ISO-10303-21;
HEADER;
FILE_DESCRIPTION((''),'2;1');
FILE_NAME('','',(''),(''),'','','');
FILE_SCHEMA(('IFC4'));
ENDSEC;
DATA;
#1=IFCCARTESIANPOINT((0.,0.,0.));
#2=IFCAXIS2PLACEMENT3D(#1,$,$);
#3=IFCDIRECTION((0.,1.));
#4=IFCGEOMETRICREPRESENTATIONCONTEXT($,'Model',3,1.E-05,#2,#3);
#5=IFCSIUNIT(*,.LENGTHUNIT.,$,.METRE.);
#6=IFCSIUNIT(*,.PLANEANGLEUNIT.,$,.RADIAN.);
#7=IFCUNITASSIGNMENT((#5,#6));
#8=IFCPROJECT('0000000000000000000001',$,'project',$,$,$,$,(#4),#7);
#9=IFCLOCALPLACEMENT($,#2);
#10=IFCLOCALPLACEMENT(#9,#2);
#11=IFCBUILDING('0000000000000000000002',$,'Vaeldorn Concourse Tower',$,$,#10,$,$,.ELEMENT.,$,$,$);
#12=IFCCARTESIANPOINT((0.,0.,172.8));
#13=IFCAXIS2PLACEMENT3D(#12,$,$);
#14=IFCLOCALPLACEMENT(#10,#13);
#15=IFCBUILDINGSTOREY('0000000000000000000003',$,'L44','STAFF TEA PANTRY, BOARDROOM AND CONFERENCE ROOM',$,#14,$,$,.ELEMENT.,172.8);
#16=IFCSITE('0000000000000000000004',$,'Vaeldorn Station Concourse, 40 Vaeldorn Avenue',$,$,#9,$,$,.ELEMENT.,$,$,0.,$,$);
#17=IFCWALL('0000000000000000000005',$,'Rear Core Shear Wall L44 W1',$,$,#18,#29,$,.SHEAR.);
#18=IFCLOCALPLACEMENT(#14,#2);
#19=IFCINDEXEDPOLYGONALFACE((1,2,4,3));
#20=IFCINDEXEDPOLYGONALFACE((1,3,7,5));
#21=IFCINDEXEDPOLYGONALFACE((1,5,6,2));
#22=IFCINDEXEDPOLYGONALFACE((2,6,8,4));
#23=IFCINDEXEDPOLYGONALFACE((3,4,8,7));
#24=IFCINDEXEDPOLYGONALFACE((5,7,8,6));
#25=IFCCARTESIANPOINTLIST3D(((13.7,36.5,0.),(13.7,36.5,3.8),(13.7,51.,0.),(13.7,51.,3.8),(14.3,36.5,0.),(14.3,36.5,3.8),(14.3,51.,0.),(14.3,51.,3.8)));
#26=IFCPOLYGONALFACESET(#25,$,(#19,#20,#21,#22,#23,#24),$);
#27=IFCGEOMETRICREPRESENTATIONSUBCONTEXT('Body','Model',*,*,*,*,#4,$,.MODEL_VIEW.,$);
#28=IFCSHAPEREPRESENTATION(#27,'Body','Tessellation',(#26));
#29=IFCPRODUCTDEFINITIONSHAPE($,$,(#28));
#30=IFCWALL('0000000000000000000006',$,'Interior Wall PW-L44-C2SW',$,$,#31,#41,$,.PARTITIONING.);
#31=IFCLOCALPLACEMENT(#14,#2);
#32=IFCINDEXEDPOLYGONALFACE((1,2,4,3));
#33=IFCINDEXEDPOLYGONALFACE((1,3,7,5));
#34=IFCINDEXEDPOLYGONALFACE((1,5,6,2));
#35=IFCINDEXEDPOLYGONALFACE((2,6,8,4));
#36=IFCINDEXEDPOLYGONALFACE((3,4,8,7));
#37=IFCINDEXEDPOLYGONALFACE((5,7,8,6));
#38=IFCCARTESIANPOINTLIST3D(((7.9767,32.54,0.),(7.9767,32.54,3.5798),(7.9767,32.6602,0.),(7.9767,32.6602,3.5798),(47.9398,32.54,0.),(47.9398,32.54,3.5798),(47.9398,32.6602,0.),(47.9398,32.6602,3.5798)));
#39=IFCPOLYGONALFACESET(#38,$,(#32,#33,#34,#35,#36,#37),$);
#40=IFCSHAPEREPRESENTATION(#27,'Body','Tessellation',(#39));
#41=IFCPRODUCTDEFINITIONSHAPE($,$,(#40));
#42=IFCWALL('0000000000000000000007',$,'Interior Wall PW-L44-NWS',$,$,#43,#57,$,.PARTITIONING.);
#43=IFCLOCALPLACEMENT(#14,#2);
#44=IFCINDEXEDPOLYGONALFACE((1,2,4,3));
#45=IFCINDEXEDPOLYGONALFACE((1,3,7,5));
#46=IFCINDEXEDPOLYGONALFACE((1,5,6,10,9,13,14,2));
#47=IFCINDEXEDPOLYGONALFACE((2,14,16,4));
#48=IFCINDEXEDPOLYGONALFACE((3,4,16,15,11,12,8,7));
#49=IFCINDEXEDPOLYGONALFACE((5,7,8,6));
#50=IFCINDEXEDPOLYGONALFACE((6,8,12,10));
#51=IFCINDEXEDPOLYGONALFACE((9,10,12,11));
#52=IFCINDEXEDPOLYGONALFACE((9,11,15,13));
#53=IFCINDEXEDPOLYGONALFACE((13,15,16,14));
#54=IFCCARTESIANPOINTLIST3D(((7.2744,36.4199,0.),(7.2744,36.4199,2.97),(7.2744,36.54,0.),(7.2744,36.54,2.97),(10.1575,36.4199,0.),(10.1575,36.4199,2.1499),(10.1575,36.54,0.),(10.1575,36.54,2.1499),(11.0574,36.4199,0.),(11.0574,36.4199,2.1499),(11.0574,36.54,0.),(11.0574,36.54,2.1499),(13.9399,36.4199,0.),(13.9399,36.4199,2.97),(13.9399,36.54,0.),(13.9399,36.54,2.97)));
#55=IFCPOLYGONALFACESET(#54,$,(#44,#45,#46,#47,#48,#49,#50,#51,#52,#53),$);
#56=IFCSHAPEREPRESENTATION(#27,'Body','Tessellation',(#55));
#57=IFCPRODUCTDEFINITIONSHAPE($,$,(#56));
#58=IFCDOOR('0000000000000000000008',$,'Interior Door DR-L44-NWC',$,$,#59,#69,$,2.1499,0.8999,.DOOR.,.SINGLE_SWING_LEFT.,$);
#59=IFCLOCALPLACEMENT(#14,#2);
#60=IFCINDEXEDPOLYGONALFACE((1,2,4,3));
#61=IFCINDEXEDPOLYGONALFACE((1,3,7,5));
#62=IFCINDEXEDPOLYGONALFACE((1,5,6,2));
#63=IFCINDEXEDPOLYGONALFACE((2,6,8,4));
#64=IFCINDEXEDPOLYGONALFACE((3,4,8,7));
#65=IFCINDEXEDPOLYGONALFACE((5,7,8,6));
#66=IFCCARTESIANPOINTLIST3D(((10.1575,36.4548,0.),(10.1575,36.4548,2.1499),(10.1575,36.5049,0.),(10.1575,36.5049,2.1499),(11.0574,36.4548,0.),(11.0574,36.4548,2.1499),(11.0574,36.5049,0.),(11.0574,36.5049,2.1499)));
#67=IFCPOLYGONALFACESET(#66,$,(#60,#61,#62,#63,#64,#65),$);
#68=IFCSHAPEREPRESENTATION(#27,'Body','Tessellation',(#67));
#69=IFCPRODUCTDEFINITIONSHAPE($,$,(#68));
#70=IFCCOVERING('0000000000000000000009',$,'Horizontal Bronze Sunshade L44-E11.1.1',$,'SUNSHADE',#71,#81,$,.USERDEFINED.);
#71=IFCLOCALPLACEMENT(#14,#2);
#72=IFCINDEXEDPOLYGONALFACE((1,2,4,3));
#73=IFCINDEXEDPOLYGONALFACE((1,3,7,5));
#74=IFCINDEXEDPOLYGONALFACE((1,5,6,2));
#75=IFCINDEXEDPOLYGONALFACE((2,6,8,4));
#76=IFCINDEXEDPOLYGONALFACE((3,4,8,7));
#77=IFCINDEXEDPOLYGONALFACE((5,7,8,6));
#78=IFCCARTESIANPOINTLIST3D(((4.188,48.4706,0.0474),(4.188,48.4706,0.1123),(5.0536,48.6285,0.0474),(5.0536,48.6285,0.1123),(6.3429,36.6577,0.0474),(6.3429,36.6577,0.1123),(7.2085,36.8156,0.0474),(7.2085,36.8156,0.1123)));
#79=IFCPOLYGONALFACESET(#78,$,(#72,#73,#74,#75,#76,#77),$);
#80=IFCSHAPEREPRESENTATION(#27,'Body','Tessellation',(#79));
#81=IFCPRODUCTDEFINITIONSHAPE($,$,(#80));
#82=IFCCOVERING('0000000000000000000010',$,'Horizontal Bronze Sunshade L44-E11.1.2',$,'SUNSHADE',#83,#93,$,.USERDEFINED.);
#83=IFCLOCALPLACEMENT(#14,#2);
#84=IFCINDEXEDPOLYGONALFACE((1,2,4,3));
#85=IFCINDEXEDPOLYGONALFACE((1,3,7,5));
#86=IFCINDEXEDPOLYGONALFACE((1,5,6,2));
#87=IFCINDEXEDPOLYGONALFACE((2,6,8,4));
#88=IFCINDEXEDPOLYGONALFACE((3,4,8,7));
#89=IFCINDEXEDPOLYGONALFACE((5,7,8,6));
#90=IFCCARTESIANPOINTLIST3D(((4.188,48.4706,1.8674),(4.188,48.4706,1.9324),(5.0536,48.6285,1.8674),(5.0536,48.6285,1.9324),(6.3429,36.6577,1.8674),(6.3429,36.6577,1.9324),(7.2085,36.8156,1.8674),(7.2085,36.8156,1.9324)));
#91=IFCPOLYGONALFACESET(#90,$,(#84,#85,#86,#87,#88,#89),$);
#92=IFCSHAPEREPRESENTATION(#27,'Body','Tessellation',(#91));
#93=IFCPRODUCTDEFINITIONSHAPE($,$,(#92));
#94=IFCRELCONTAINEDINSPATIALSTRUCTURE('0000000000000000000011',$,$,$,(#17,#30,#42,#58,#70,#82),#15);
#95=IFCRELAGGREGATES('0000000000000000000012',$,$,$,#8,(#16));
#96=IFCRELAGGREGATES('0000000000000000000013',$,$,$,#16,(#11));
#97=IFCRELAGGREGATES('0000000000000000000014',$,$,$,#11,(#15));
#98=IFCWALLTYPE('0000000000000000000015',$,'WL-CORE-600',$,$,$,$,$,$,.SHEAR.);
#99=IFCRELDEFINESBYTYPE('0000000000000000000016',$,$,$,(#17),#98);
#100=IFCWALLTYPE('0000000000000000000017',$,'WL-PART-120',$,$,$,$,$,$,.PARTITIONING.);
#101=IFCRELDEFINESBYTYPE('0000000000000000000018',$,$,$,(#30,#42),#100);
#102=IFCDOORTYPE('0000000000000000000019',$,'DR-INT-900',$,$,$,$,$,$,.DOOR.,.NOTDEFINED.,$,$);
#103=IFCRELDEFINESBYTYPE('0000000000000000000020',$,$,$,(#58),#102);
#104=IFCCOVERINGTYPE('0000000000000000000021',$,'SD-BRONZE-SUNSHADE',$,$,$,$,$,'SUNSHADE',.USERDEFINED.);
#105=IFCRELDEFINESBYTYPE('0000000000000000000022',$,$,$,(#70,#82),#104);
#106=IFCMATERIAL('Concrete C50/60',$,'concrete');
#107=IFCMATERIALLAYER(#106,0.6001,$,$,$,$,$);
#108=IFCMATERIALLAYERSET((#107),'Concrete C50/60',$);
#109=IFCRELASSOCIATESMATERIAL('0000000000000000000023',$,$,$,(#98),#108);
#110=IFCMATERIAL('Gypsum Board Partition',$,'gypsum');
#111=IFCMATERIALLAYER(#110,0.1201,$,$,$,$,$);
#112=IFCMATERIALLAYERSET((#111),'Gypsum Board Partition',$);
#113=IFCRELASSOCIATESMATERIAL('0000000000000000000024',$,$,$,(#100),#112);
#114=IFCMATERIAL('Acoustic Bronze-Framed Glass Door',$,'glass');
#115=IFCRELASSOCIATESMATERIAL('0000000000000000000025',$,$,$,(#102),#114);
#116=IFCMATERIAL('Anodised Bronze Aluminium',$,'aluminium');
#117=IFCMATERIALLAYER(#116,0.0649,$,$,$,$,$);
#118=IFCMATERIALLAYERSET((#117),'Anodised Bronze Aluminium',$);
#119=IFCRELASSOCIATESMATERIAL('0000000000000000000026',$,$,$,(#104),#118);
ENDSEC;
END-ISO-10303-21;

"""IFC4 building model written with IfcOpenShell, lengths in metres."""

from ifc_helpers import new_model, si_unit, direction, frame, frame_2d, origin, origin_2d, place, context, subcontext, project, spatial, rectangle, extrude, source, transform, mapped, material, layer, layer_set, type_object, element, fill, save


model = new_model("IFC4")

# Units and contexts
model_context = context("Model", 3, precision=1e-05, world=origin(), true_north=direction((0.0, 1.0)))
body_context = subcontext(model_context, "Body", "Model", "MODEL_VIEW")
ifc_project = project(units=[si_unit("LENGTHUNIT", "METRE"), si_unit("PLANEANGLEUNIT", "RADIAN")], contexts=[model_context])

# Site, building, storey
site_placement = place(None, origin())
site = spatial("IfcSite", under=ifc_project, at=site_placement, Name="Vaeldorn Station Concourse, 40 Vaeldorn Avenue", CompositionType="ELEMENT", RefElevation=0.0)
building_placement = place(site_placement, origin())
building = spatial("IfcBuilding", under=site, at=building_placement, Name="Vaeldorn Concourse Tower", CompositionType="ELEMENT")
storey_placement = place(building_placement, frame((0.0, 0.0, 172.8)))
storey = spatial("IfcBuildingStorey", under=building, at=storey_placement, Name="L44", Description="STAFF TEA PANTRY, BOARDROOM AND CONFERENCE ROOM", CompositionType="ELEMENT", Elevation=172.8)

# Shared definitions
ifc_material_1 = material(Name="Concrete C50/60", Category="concrete")

# Shared definitions
ifc_material_2 = material(Name="Anodised Bronze Aluminium", Category="aluminium")

# Walls
ifc_layer_1 = layer(ifc_material_1, 0.6001)
ifc_layer_set_1 = layer_set([ifc_layer_1], Name="Concrete C50/60")
wall_type_1 = type_object("IfcWallType", Name="WL-CORE-600", PredefinedType="SHEAR", material=ifc_layer_set_1)
wall_1_placement = place(storey_placement, frame((14.0, 36.5, 0.0), z_axis=(0.0, 0.0, 1.0), x_axis=(0.0, 1.0, 0.0)))
element("IfcWall", 1, at=wall_1_placement, inside=storey, type_object=wall_type_1, Name="Rear Core Shear Wall L44 W1", PredefinedType="SHEAR", context=body_context, shape_type="SweptSolid", body=[
    extrude(rectangle(XDim=14.5, YDim=0.6001, at=frame_2d((7.25, 0.0))), origin(), (0.0, 0.0, 1.0), 3.8),
])
ifc_material_3 = material(Name="Gypsum Board Partition", Category="gypsum")
ifc_layer_2 = layer(ifc_material_3, 0.1201)
ifc_layer_set_2 = layer_set([ifc_layer_2], Name="Gypsum Board Partition")
wall_type_2 = type_object("IfcWallType", Name="WL-PART-120", PredefinedType="PARTITIONING", material=ifc_layer_set_2)
wall_2_placement = place(storey_placement, frame((7.9768, 32.6001, 0.0), z_axis=(0.0, 0.0, 1.0), x_axis=(1.0, 0.0, 0.0)))
element("IfcWall", 2, at=wall_2_placement, inside=storey, type_object=wall_type_2, Name="Interior Wall PW-L44-C2SW", PredefinedType="PARTITIONING", context=body_context, shape_type="SweptSolid", body=[
    extrude(rectangle(XDim=39.9631, YDim=0.1201, at=frame_2d((19.9814, 0.0))), origin(), (0.0, 0.0, 1.0), 3.5798),
])

# Wall, opening, door
wall_3_placement = place(storey_placement, frame((7.2744, 36.48, 0.0), z_axis=(0.0, 0.0, 1.0), x_axis=(1.0, 0.0, 0.0)))
wall_3 = element("IfcWall", 3, at=wall_3_placement, inside=storey, type_object=wall_type_2, Name="Interior Wall PW-L44-NWS", PredefinedType="PARTITIONING", context=body_context, shape_type="SweptSolid", body=[
    extrude(rectangle(XDim=6.6655, YDim=0.1201, at=frame_2d((3.3328, 0.0))), origin(), (0.0, 0.0, 1.0), 2.97),
])
opening_placement = place(wall_3_placement, frame((2.8831, 0.0, 0.0)))
opening = element("IfcOpeningElement", 4, at=opening_placement, cuts=wall_3, PredefinedType="OPENING", context=body_context, shape_type="SweptSolid", body=[
    extrude(rectangle(XDim=0.8999, YDim=2.1499, at=frame_2d((0.45, 1.075))), frame((0.0, 0.0701, 0.0), z_axis=(0.0, -1.0, 0.0), x_axis=(1.0, 0.0, 0.0)), (0.0, 0.0, 1.0), 0.1401),
])
ifc_material_4 = material(Name="Acoustic Bronze-Framed Glass Door", Category="glass")
door_type = type_object("IfcDoorType", Name="DR-INT-900", OperationType="NOTDEFINED", PredefinedType="DOOR", material=ifc_material_4)
shared_shape_1 = source(origin(), body_context, "Body", "SweptSolid", [
    extrude(rectangle(XDim=0.8999, YDim=2.1499, at=frame_2d((0.45, 1.075))), frame((0.0, 0.0249, 0.0), z_axis=(0.0, -1.0, 0.0), x_axis=(1.0, 0.0, 0.0)), (0.0, 0.0, 1.0), 0.05),
])
door_placement = place(opening_placement, origin())
door = element("IfcDoor", 5, at=door_placement, inside=storey, type_object=door_type, Name="Interior Door DR-L44-NWC", OperationType="SINGLE_SWING_LEFT", OverallHeight=2.1499, OverallWidth=0.8999, PredefinedType="DOOR", context=body_context, shape_type="MappedRepresentation", body=[
    mapped(shared_shape_1, transform((0.0, 0.0, 0.0), scale=1.0)),
])
fill(opening, door)

# Coverings
ifc_layer_3 = layer(ifc_material_2, 0.0649)
ifc_layer_set_3 = layer_set([ifc_layer_3], Name="Anodised Bronze Aluminium")
covering_type = type_object("IfcCoveringType", Name="SD-BRONZE-SUNSHADE", ElementType="SUNSHADE", PredefinedType="USERDEFINED", material=ifc_layer_set_3)
shared_shape_2 = source(origin(), body_context, "Body", "SweptSolid", [
    extrude(rectangle(XDim=12.0078, YDim=0.8799, at=origin_2d()), origin(), (0.0, 0.0, 1.0), 0.0649),
])
for number, where, z_axis, x_axis, name in (
    (6, (5.6982, 42.6431, 0.0474), (0.0, 0.0, 1.0), (0.179455, -0.983766, 0.0), "Horizontal Bronze Sunshade L44-E11.1.1"),
    (7, (5.6982, 42.6431, 1.8674), (0.0, 0.0, 1.0), (0.179455, -0.983766, 0.0), "Horizontal Bronze Sunshade L44-E11.1.2"),
):
    element("IfcCovering", number, at=place(storey_placement, frame(where, z_axis=z_axis, x_axis=x_axis)), inside=storey, type_object=covering_type, Name=name, ObjectType="SUNSHADE", PredefinedType="USERDEFINED", context=body_context, shape_type="MappedRepresentation", body=[
        mapped(shared_shape_2, transform((0.0, 0.0, 0.0), scale=1.0)),
    ])

save(model, "model.ifc")
